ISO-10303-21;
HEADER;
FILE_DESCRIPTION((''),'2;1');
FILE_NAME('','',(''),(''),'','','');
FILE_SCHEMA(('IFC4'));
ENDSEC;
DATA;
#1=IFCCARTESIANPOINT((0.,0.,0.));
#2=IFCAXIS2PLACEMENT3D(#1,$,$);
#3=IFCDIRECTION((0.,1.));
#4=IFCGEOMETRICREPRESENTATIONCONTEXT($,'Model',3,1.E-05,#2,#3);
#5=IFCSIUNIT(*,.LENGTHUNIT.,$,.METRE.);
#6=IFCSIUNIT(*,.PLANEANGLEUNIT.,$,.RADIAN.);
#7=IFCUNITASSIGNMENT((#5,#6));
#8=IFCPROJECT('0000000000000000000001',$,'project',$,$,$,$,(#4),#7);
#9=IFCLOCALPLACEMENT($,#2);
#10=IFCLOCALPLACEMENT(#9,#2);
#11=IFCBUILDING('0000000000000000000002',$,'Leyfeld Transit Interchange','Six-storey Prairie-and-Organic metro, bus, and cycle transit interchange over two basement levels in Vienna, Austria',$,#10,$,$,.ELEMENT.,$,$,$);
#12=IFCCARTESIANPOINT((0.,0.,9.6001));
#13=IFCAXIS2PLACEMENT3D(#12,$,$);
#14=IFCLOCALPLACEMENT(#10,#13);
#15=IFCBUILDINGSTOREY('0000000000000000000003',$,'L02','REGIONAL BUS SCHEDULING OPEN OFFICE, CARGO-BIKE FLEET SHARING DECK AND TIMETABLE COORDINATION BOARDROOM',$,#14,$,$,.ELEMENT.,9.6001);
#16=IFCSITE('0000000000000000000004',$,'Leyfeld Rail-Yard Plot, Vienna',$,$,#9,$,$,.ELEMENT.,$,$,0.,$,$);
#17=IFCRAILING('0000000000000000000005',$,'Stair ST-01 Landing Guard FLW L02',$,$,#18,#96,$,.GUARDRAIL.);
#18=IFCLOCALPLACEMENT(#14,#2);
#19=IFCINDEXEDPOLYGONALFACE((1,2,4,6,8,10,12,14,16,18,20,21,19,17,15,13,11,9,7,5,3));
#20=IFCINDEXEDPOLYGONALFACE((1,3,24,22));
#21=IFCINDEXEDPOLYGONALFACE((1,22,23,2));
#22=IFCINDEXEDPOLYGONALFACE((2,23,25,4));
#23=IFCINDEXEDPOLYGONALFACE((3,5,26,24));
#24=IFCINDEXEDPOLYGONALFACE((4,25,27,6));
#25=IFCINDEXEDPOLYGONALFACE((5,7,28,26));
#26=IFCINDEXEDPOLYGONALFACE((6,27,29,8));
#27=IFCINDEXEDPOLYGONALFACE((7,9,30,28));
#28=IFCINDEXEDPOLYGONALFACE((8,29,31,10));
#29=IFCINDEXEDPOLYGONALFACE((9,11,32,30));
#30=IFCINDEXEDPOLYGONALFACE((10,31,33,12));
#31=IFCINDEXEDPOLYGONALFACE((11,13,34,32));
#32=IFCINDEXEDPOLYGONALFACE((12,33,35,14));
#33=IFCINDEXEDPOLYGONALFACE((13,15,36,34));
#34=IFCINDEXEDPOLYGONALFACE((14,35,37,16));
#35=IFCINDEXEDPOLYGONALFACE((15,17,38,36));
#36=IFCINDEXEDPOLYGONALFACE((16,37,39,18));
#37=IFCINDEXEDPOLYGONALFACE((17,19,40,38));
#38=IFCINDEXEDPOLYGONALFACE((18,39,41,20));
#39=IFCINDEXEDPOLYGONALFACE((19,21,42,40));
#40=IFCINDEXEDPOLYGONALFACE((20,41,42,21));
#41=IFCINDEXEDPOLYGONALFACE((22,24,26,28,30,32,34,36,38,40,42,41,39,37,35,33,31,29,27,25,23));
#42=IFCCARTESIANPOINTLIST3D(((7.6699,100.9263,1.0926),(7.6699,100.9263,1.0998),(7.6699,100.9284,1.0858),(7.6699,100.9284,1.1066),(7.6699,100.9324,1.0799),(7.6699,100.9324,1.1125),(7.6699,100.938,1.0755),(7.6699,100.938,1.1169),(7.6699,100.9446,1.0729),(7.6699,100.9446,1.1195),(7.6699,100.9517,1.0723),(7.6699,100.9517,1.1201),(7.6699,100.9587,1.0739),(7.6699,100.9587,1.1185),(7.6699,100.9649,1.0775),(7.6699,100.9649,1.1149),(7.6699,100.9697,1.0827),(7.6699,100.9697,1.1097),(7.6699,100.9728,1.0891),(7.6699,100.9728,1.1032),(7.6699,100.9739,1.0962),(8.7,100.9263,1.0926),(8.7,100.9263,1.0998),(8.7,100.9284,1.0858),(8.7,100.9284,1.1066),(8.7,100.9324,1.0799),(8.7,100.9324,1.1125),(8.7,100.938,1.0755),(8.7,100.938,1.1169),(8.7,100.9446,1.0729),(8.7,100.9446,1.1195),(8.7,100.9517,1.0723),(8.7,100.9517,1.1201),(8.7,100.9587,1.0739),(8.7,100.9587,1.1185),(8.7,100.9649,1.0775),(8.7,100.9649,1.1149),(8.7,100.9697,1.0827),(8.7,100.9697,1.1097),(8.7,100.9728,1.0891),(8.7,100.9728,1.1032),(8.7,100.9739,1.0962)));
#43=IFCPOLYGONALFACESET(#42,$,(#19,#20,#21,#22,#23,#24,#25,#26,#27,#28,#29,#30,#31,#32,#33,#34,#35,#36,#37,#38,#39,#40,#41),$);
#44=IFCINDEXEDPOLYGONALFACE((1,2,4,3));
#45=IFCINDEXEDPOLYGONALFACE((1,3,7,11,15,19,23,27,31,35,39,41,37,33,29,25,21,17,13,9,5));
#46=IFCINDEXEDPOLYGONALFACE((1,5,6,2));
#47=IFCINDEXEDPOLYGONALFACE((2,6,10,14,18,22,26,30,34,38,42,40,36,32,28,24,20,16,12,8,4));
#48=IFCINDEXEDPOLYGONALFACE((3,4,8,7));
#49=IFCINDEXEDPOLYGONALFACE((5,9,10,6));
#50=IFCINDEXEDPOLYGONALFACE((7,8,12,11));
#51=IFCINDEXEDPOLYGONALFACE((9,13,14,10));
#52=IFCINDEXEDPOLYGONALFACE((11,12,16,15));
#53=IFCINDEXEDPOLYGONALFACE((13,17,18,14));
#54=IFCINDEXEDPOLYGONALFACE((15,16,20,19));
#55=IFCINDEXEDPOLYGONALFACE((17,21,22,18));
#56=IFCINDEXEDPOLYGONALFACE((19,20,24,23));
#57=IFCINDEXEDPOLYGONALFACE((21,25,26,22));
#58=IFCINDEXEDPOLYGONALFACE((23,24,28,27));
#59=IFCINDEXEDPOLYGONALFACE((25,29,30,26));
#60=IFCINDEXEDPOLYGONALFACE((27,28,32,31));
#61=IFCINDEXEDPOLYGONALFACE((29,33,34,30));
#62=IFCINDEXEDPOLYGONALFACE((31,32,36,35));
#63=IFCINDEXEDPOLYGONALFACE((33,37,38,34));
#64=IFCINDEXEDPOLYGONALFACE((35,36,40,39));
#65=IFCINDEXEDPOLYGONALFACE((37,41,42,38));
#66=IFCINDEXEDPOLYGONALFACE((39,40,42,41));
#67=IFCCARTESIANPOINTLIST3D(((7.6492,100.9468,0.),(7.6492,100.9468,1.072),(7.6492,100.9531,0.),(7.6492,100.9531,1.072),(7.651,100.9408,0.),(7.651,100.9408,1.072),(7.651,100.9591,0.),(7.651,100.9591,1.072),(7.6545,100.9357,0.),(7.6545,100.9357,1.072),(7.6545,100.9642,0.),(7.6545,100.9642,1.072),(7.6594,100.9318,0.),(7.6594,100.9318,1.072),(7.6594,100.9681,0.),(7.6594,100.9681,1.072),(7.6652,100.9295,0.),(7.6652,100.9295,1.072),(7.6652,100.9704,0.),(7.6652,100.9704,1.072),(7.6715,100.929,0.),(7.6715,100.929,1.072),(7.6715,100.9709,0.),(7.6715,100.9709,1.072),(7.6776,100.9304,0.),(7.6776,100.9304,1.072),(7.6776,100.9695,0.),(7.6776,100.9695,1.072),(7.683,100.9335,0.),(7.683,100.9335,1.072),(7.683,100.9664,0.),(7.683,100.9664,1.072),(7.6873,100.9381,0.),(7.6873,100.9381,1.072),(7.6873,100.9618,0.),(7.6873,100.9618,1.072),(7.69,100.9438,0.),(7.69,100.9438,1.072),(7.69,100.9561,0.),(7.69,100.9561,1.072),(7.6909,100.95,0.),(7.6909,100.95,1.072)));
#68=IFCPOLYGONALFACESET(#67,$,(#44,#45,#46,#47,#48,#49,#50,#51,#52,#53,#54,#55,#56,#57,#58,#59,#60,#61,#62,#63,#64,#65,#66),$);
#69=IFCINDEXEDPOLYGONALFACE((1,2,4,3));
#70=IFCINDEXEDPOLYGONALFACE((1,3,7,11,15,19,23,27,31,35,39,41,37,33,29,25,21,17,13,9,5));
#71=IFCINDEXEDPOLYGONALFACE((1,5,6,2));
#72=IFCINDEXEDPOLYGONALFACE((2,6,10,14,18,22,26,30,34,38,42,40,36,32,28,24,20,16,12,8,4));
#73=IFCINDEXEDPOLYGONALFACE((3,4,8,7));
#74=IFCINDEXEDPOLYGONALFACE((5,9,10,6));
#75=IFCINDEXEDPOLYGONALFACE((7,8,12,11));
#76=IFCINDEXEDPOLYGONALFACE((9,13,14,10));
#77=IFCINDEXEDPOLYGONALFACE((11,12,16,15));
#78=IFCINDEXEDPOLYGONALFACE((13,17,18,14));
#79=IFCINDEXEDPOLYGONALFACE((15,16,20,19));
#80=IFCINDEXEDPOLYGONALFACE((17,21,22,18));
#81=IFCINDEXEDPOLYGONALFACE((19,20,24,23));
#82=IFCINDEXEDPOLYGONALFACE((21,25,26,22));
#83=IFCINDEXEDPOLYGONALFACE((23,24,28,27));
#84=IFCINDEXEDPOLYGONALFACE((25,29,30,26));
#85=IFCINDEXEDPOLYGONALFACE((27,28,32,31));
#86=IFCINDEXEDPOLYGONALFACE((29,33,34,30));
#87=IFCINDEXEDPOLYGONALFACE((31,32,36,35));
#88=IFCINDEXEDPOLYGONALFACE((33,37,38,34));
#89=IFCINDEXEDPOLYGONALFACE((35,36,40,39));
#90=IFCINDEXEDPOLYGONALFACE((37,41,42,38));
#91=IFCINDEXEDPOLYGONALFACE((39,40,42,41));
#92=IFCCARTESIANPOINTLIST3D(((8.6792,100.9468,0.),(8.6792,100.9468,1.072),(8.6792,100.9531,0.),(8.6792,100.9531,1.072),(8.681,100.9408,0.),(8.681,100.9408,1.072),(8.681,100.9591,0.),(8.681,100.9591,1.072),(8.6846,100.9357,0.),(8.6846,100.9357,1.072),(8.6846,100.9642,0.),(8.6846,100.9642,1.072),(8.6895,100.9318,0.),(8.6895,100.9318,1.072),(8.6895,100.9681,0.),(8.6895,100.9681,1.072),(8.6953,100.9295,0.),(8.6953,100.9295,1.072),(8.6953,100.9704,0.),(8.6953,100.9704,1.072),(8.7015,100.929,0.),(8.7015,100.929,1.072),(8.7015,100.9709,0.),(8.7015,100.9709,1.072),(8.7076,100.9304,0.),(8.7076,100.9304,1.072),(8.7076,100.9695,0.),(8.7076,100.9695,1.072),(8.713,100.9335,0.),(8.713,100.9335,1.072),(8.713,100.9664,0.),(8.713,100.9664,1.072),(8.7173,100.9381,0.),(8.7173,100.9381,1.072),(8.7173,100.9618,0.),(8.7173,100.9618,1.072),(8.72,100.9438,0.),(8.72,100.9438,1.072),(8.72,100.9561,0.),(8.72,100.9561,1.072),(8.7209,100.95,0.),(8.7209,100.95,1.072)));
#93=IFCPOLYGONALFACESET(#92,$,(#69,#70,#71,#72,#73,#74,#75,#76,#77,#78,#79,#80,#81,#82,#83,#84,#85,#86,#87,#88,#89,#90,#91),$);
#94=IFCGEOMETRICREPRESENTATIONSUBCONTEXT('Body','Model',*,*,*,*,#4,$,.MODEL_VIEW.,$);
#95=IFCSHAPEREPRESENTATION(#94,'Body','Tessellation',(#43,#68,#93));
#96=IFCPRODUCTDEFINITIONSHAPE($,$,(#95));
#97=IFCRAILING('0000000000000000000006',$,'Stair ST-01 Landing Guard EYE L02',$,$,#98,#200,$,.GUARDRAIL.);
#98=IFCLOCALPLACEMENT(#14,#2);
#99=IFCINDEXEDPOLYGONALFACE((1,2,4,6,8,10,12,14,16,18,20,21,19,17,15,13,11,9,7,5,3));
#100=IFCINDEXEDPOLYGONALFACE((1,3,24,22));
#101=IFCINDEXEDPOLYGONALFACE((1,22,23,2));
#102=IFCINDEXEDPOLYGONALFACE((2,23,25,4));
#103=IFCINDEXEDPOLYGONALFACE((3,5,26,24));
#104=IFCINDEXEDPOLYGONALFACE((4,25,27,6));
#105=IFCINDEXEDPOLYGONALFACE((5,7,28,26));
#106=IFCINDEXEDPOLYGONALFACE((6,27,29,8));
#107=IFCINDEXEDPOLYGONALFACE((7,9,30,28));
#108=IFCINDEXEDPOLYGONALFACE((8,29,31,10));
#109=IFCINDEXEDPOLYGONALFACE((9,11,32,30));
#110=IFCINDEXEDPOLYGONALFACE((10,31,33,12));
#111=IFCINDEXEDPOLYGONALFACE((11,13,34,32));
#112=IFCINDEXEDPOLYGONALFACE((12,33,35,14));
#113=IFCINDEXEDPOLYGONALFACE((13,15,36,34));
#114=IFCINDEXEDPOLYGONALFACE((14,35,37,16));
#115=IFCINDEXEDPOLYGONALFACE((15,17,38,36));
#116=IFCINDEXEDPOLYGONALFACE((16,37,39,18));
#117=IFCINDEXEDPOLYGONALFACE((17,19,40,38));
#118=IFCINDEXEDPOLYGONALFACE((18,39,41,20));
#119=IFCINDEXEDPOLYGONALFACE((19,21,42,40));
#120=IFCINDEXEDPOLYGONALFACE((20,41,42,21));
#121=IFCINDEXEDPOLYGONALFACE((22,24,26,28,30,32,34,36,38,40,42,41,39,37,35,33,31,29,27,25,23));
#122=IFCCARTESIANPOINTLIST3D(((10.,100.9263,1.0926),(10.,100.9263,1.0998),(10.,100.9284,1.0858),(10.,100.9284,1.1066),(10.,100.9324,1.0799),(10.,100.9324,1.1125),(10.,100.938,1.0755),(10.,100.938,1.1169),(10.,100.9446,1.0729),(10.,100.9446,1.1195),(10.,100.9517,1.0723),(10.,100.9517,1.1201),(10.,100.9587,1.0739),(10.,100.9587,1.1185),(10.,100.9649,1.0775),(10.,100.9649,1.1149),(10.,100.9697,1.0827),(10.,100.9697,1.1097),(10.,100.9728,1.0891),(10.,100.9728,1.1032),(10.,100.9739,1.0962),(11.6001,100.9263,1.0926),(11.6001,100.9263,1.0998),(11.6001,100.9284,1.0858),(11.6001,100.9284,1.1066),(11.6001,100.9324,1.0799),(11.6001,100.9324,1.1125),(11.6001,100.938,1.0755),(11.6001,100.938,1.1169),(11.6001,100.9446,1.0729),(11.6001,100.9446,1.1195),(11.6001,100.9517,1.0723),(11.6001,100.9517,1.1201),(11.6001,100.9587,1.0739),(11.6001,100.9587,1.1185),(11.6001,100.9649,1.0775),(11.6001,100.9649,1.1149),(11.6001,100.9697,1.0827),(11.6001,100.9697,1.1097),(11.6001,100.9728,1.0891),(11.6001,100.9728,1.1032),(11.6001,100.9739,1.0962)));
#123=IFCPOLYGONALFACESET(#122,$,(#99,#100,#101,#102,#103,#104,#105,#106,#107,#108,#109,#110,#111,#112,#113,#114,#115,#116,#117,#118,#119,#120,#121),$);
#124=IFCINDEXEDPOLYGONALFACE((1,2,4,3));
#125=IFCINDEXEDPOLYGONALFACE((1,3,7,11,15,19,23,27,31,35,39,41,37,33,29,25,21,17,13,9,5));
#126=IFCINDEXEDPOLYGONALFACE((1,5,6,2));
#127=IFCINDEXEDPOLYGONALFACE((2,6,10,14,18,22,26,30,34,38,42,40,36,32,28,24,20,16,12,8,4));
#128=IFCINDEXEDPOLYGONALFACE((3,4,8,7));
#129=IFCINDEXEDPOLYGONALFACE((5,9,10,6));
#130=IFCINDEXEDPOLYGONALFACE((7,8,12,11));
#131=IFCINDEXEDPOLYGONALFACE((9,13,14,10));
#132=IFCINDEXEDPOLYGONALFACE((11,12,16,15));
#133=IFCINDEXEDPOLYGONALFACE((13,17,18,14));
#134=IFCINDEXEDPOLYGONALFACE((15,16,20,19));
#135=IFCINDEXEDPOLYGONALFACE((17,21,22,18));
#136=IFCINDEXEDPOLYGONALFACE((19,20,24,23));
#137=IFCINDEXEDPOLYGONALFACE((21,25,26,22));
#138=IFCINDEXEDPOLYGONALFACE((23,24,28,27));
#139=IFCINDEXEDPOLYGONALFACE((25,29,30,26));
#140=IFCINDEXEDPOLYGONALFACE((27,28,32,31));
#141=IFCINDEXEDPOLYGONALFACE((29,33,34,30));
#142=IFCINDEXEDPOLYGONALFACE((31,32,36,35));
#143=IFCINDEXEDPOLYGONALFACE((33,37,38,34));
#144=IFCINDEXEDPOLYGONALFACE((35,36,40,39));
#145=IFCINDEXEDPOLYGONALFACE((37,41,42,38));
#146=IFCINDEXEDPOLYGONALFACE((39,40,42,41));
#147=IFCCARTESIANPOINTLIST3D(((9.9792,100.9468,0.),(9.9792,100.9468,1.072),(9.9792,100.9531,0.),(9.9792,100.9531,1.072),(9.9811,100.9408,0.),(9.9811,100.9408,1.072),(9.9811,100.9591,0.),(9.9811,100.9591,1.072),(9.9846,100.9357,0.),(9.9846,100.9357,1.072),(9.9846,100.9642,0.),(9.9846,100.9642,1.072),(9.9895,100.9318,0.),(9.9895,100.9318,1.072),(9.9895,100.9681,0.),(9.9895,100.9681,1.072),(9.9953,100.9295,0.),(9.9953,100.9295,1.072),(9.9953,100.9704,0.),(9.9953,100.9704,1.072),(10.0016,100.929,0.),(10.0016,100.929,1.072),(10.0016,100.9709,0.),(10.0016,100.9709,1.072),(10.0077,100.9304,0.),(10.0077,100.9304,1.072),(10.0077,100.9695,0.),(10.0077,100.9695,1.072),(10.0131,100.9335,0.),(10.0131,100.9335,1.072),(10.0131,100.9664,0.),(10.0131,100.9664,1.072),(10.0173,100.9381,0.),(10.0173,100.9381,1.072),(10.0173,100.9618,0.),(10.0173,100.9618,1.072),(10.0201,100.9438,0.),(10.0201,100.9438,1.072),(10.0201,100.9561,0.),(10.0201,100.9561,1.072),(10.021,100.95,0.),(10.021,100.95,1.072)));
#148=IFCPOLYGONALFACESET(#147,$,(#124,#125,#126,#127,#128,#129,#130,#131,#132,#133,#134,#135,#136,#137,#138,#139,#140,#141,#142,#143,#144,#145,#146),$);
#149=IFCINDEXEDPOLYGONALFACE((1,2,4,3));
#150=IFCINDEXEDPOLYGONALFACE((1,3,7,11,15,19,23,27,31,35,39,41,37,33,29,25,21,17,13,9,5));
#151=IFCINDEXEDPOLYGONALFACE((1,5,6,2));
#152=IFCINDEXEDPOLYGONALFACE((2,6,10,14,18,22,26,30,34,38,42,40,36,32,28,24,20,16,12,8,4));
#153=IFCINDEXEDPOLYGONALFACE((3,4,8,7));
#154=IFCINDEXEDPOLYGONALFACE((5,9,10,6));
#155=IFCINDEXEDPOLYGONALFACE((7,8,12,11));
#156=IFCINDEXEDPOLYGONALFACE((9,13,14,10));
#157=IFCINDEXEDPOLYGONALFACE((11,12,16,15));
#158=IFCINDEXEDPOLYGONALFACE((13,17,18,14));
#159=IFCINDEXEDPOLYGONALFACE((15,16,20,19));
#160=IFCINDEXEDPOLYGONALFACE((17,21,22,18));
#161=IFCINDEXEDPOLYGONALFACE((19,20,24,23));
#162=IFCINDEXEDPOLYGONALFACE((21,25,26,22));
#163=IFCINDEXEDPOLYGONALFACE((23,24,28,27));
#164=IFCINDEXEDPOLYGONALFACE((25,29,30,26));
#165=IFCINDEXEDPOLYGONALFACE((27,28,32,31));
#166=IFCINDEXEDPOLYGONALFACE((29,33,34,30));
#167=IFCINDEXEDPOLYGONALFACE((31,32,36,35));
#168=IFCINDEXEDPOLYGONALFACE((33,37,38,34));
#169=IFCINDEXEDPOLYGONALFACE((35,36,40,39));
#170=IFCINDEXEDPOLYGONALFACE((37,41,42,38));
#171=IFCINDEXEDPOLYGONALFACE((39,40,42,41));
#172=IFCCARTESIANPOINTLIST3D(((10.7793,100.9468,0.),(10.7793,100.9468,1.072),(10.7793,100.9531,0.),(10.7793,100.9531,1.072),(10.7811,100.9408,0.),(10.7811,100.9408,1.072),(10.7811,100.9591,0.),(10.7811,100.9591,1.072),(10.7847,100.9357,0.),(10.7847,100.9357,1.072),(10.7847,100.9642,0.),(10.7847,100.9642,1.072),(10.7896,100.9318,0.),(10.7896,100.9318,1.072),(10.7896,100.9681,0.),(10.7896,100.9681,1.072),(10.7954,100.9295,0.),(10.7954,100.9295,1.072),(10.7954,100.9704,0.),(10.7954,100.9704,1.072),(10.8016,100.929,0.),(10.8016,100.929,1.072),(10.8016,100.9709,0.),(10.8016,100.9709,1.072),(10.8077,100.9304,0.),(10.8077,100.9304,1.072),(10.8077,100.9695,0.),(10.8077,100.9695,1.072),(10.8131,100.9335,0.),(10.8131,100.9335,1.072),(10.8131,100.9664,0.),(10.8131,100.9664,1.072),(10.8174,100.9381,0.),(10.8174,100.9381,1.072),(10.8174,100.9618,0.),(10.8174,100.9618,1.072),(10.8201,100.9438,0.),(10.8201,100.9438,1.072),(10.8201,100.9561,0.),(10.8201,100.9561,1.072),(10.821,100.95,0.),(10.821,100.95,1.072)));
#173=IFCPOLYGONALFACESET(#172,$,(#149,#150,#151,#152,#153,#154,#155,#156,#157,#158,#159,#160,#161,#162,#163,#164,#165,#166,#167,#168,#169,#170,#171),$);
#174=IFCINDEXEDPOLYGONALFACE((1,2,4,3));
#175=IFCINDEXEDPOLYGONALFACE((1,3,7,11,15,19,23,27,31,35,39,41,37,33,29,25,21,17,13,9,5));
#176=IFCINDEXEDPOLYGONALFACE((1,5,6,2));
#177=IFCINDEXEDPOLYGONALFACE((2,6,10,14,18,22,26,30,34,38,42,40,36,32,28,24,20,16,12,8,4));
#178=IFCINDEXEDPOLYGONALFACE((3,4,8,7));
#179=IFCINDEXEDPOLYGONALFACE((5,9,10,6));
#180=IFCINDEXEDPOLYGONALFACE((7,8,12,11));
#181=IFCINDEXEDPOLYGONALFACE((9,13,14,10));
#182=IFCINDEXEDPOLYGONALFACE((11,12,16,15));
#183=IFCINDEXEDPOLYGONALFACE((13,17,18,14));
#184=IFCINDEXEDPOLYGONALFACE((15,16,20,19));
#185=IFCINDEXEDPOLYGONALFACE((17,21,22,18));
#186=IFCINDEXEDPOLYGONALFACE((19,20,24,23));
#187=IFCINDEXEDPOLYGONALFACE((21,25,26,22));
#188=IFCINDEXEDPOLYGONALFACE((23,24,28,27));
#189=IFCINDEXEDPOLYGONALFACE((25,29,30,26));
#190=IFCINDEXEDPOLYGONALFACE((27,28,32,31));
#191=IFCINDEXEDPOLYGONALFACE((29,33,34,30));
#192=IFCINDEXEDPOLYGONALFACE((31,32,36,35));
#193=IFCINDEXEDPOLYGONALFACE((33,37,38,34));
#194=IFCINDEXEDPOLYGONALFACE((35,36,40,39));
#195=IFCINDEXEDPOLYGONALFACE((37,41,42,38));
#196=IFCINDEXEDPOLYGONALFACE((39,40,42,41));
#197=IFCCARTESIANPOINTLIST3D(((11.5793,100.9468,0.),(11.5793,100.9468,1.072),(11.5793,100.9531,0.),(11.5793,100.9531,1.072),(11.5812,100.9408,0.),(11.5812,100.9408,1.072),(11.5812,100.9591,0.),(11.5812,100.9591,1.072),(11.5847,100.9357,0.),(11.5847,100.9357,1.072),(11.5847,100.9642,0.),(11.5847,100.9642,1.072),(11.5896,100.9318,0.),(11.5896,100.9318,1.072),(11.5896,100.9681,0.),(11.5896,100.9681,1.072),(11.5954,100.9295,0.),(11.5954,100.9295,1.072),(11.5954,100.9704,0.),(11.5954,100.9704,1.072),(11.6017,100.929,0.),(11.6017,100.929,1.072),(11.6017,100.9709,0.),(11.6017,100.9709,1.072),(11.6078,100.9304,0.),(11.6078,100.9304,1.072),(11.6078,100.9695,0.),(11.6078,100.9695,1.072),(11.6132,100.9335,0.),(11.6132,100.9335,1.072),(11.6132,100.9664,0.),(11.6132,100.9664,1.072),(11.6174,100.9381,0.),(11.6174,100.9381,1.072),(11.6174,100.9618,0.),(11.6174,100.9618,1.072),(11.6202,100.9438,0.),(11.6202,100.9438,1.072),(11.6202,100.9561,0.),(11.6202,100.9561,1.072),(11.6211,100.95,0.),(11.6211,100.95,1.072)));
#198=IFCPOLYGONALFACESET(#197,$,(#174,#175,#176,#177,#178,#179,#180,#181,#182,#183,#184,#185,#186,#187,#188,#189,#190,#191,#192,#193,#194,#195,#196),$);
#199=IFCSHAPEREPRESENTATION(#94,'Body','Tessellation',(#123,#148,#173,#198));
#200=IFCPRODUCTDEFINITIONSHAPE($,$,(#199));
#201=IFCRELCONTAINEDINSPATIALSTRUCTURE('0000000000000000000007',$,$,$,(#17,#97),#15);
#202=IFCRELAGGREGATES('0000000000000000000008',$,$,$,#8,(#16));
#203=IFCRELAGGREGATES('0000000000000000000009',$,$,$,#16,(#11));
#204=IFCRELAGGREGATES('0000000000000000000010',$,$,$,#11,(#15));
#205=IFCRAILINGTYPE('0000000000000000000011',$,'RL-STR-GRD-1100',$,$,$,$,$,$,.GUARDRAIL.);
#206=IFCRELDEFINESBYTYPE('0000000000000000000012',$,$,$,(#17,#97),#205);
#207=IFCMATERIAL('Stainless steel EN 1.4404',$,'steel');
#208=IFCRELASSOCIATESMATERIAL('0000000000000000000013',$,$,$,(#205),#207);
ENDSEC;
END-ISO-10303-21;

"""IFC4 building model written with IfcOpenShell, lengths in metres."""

from ifc_helpers import new_model, si_unit, direction, frame, origin, origin_2d, place, context, subcontext, project, spatial, circle, extrude, material, type_object, element, save


model = new_model("IFC4")

# Units and contexts
model_context = context("Model", 3, precision=1e-05, world=origin(), true_north=direction((0.0, 1.0)))
body_context = subcontext(model_context, "Body", "Model", "MODEL_VIEW")
ifc_project = project(units=[si_unit("LENGTHUNIT", "METRE"), si_unit("PLANEANGLEUNIT", "RADIAN")], contexts=[model_context])

# Site, building, storey
site_placement = place(None, origin())
site = spatial("IfcSite", under=ifc_project, at=site_placement, Name="Leyfeld Rail-Yard Plot, Vienna", CompositionType="ELEMENT", RefElevation=0.0)
building_placement = place(site_placement, origin())
building = spatial("IfcBuilding", under=site, at=building_placement, Name="Leyfeld Transit Interchange", Description="Six-storey Prairie-and-Organic metro, bus, and cycle transit interchange over two basement levels in Vienna, Austria", CompositionType="ELEMENT")
storey_placement = place(building_placement, frame((0.0, 0.0, 9.6001)))
storey = spatial("IfcBuildingStorey", under=building, at=storey_placement, Name="L02", Description="REGIONAL BUS SCHEDULING OPEN OFFICE, CARGO-BIKE FLEET SHARING DECK AND TIMETABLE COORDINATION BOARDROOM", CompositionType="ELEMENT", Elevation=9.6001)

# Shared definitions
ifc_material_1 = material(Name="Stainless steel EN 1.4404", Category="steel")

# Railings
railing_type_1 = type_object("IfcRailingType", Name="RL-STR-GRD-1100", PredefinedType="GUARDRAIL", material=ifc_material_1)
railing_1_placement = place(storey_placement, frame((7.6699, 100.95, 0.0)))
element("IfcRailing", 1, at=railing_1_placement, inside=storey, type_object=railing_type_1, Name="Stair ST-01 Landing Guard FLW L02", PredefinedType="GUARDRAIL", context=body_context, shape_type="SweptSolid", body=[
    extrude(circle(Radius=0.0239, at=origin_2d()), frame((0.0, 0.0, 1.0962), z_axis=(1.0, 0.0, 0.0), x_axis=(0.0, 1.0, 0.0)), (0.0, 0.0, 1.0), 1.03),
    extrude(circle(Radius=0.021, at=origin_2d()), origin(), (0.0, 0.0, 1.0), 1.072),
    extrude(circle(Radius=0.021, at=origin_2d()), frame((1.03, 0.0, 0.0)), (0.0, 0.0, 1.0), 1.072),
])
railing_2_placement = place(storey_placement, frame((10.0, 100.95, 0.0)))
element("IfcRailing", 2, at=railing_2_placement, inside=storey, type_object=railing_type_1, Name="Stair ST-01 Landing Guard EYE L02", PredefinedType="GUARDRAIL", context=body_context, shape_type="SweptSolid", body=[
    extrude(circle(Radius=0.0239, at=origin_2d()), frame((0.0, 0.0, 1.0962), z_axis=(1.0, 0.0, 0.0), x_axis=(0.0, 1.0, 0.0)), (0.0, 0.0, 1.0), 1.6001),
    extrude(circle(Radius=0.021, at=origin_2d()), origin(), (0.0, 0.0, 1.0), 1.072),
    extrude(circle(Radius=0.021, at=origin_2d()), frame((0.8, 0.0, 0.0)), (0.0, 0.0, 1.0), 1.072),
    extrude(circle(Radius=0.021, at=origin_2d()), frame((1.6001, 0.0, 0.0)), (0.0, 0.0, 1.0), 1.072),
])

save(model, "model.ifc")
